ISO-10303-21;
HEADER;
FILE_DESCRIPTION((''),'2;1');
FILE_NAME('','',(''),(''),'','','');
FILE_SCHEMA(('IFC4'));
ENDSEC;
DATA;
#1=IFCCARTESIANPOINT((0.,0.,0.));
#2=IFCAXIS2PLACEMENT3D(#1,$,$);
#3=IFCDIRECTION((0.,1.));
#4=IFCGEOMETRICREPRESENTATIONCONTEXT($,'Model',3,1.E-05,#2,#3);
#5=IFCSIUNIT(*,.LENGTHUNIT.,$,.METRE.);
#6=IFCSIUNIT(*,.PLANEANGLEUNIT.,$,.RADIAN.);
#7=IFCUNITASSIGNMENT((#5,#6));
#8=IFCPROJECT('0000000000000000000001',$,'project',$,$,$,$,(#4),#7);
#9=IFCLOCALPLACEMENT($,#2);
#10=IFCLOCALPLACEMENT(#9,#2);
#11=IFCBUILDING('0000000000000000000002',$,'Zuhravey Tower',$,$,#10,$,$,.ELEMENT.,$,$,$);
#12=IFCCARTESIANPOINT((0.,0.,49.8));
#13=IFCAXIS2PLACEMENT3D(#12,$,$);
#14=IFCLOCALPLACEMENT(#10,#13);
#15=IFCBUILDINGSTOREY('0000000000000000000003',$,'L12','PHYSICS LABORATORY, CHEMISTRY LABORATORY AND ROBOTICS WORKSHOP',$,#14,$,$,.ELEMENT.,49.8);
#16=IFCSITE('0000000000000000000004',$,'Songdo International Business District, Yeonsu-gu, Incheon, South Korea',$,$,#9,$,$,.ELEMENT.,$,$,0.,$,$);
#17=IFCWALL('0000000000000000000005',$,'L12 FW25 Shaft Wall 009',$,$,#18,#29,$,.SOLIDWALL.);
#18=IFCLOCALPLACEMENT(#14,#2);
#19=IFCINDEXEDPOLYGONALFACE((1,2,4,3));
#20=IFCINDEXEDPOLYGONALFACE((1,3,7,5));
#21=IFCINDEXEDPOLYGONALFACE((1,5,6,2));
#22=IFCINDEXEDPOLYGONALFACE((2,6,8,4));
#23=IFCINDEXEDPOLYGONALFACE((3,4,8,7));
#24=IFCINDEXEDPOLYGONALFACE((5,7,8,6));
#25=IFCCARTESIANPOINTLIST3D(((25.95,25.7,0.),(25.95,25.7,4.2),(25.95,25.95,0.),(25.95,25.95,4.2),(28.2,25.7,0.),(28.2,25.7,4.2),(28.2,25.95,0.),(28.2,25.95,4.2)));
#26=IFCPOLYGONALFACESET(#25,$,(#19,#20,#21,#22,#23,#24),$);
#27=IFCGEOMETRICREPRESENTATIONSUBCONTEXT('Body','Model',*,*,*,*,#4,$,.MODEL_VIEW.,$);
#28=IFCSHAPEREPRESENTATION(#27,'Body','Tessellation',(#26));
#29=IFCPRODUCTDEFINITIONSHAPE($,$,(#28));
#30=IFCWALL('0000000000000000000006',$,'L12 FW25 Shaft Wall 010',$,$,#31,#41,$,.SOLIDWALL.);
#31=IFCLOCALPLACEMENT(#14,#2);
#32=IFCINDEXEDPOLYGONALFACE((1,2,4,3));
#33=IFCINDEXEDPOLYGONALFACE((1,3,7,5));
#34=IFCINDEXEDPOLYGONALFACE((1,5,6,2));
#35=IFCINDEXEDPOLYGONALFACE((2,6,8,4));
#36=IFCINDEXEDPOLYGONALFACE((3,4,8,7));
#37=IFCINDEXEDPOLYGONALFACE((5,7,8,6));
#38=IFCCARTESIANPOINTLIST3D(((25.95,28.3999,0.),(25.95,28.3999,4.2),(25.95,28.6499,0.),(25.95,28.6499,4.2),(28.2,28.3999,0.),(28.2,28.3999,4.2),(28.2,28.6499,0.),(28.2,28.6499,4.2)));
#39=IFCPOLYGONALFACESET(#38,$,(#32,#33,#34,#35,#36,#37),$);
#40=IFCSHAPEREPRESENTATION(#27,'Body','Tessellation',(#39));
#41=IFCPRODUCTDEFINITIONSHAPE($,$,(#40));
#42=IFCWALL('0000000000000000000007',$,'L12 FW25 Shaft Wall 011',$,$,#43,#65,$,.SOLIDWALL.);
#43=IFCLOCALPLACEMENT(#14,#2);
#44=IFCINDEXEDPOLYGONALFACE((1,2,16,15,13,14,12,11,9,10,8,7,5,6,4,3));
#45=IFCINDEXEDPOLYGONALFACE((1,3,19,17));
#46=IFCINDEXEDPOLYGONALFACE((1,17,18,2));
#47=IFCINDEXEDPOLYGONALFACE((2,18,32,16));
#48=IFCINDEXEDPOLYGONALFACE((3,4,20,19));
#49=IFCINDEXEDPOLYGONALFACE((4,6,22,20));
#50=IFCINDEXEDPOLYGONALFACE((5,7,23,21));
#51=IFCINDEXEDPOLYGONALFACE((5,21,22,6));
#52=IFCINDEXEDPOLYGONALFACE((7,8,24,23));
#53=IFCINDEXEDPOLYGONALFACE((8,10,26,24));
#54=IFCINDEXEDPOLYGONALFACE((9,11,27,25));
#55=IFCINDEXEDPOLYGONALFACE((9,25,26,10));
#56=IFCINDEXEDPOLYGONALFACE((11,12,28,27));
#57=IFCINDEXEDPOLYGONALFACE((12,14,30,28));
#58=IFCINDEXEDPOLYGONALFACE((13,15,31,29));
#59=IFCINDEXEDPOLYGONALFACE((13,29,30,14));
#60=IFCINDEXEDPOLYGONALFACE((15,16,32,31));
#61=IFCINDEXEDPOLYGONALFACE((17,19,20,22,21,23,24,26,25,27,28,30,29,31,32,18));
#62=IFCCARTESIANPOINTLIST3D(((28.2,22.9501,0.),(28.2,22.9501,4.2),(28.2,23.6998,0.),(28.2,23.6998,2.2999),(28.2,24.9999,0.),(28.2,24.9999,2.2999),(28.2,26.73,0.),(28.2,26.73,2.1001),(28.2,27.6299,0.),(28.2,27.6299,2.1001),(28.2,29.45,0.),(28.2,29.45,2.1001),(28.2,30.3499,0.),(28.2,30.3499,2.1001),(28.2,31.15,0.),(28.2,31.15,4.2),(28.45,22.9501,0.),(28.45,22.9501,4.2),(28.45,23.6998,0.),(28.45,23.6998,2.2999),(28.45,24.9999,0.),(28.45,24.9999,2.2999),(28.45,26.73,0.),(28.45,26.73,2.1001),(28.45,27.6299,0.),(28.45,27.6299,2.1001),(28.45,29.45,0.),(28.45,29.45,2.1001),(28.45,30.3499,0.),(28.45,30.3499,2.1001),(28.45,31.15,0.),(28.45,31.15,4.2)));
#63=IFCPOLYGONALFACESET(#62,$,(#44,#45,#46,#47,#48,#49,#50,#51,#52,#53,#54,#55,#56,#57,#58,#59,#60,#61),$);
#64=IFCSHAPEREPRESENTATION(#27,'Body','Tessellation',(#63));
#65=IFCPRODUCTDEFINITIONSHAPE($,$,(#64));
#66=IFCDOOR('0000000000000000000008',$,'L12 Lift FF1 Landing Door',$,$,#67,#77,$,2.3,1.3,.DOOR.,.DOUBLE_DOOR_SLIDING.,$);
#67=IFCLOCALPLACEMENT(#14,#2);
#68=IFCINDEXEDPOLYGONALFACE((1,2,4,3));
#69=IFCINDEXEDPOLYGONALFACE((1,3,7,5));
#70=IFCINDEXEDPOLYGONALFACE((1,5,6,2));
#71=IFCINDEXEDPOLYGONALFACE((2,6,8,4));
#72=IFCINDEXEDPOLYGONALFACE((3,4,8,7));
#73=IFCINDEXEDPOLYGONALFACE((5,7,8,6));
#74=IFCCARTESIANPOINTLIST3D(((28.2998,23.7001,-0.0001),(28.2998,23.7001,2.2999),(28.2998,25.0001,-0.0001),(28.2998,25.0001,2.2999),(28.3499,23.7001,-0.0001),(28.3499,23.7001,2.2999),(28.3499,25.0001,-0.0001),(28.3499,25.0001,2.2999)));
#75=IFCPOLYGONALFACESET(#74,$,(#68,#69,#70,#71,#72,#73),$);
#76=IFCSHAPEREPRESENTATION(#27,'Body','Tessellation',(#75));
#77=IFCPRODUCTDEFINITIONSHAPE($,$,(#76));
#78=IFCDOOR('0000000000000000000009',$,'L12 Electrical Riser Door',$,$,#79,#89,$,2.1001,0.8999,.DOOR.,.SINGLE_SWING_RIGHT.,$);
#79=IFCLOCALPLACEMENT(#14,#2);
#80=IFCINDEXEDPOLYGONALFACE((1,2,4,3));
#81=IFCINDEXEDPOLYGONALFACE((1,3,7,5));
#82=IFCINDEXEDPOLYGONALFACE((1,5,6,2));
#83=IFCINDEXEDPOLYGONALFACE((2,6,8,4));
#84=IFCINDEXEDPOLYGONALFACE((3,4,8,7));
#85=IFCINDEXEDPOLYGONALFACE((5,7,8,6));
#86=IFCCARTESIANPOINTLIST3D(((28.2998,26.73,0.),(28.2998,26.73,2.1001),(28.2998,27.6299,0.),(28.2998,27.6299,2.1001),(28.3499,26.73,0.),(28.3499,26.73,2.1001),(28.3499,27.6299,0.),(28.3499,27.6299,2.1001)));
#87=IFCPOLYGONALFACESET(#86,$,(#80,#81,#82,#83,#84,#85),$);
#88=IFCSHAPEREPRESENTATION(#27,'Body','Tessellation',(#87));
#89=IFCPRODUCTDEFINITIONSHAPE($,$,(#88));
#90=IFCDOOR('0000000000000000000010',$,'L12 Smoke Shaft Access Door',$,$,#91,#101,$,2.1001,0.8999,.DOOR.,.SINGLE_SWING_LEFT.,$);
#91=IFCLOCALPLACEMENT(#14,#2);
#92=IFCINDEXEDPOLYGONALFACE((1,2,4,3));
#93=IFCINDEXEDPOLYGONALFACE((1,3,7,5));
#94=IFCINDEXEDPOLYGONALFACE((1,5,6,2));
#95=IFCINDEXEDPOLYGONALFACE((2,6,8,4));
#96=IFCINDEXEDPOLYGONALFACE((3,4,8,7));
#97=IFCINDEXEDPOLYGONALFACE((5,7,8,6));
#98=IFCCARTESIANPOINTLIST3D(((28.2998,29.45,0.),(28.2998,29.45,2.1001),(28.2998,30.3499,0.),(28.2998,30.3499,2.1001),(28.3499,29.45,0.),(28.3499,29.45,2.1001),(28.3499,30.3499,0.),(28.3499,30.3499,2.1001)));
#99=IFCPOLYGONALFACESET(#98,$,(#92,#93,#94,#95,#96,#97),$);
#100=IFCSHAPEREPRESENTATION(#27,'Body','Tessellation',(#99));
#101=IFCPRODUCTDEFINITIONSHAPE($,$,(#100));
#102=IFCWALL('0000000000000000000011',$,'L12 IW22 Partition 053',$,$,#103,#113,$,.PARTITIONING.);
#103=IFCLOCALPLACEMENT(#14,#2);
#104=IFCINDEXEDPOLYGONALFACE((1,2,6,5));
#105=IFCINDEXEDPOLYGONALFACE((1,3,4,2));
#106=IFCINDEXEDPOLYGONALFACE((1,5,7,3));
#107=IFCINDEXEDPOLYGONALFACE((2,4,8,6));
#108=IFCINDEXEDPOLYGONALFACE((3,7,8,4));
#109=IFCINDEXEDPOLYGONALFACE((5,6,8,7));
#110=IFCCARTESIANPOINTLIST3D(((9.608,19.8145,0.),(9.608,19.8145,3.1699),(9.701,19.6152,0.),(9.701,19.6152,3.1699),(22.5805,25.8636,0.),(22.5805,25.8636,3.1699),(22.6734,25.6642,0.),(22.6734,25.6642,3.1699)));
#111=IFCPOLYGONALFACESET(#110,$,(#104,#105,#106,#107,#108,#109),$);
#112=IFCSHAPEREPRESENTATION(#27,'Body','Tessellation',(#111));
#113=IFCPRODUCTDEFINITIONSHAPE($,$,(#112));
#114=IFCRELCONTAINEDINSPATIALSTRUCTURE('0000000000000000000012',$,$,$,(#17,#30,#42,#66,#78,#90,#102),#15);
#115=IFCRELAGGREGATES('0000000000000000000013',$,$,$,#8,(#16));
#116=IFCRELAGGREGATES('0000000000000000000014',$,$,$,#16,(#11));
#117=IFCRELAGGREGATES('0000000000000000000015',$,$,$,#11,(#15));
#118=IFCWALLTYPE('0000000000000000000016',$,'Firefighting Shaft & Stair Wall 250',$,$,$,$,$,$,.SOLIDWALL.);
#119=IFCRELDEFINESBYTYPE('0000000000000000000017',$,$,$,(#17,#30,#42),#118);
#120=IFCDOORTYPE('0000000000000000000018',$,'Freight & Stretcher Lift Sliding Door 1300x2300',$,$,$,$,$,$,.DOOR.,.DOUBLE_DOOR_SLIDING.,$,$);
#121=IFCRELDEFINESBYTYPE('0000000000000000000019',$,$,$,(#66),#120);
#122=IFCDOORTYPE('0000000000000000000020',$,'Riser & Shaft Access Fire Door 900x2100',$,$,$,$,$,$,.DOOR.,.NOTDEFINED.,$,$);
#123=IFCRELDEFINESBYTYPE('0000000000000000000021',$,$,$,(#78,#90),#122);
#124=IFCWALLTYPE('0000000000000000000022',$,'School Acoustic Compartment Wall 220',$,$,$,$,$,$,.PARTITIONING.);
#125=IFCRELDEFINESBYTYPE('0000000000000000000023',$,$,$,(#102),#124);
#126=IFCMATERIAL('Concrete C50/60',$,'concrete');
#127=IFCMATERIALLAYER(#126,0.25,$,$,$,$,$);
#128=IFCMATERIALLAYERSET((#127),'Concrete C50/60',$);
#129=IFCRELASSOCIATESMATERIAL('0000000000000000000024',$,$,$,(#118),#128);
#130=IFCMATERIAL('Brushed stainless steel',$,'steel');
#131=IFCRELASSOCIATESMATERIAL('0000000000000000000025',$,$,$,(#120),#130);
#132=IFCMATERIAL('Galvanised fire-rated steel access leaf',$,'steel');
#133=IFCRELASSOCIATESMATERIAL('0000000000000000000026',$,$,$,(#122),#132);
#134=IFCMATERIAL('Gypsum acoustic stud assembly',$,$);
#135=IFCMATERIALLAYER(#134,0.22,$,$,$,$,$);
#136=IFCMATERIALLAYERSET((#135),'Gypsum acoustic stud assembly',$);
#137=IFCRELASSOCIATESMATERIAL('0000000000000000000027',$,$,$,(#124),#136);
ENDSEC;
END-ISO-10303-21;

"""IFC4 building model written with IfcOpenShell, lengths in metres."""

from ifc_helpers import new_model, si_unit, direction, frame, frame_2d, origin, place, context, subcontext, project, spatial, rectangle, extrude, material, layer, layer_set, type_object, element, fill, save


model = new_model("IFC4")

# Units and contexts
model_context = context("Model", 3, precision=1e-05, world=origin(), true_north=direction((0.0, 1.0)))
body_context = subcontext(model_context, "Body", "Model", "MODEL_VIEW")
ifc_project = project(units=[si_unit("LENGTHUNIT", "METRE"), si_unit("PLANEANGLEUNIT", "RADIAN")], contexts=[model_context])

# Site, building, storey
site_placement = place(None, origin())
site = spatial("IfcSite", under=ifc_project, at=site_placement, Name="Songdo International Business District, Yeonsu-gu, Incheon, South Korea", CompositionType="ELEMENT", RefElevation=0.0)
building_placement = place(site_placement, origin())
building = spatial("IfcBuilding", under=site, at=building_placement, Name="Zuhravey Tower", CompositionType="ELEMENT")
storey_placement = place(building_placement, frame((0.0, 0.0, 49.8)))
storey = spatial("IfcBuildingStorey", under=building, at=storey_placement, Name="L12", Description="PHYSICS LABORATORY, CHEMISTRY LABORATORY AND ROBOTICS WORKSHOP", CompositionType="ELEMENT", Elevation=49.8)

# Shared definitions
ifc_material_1 = material(Name="Concrete C50/60", Category="concrete")
ifc_layer_1 = layer(ifc_material_1, 0.25)
ifc_layer_set_1 = layer_set([ifc_layer_1], Name="Concrete C50/60")
wall_type_1 = type_object("IfcWallType", Name="Firefighting Shaft & Stair Wall 250", PredefinedType="SOLIDWALL", material=ifc_layer_set_1)

# Walls
for number, where, z_axis, x_axis, name in (
    (1, (25.95, 25.825, 0.0), (0.0, 0.0, 1.0), (1.0, 0.0, 0.0), "L12 FW25 Shaft Wall 009"),
    (2, (25.95, 28.5249, 0.0), (0.0, 0.0, 1.0), (1.0, 0.0, 0.0), "L12 FW25 Shaft Wall 010"),
):
    element("IfcWall", number, at=place(storey_placement, frame(where, z_axis=z_axis, x_axis=x_axis)), inside=storey, type_object=wall_type_1, Name=name, PredefinedType="SOLIDWALL", context=body_context, shape_type="SweptSolid", body=[
        extrude(rectangle(XDim=2.25, YDim=0.25, at=frame_2d((1.125, 0.0))), origin(), (0.0, 0.0, 1.0), 4.2),
    ])

# Wall, openings, doors
wall_1_placement = place(storey_placement, frame((28.325, 22.95, 0.0), z_axis=(0.0, 0.0, 1.0), x_axis=(0.0, 1.0, 0.0)))
wall_1 = element("IfcWall", 3, at=wall_1_placement, inside=storey, type_object=wall_type_1, Name="L12 FW25 Shaft Wall 011", PredefinedType="SOLIDWALL", context=body_context, shape_type="SweptSolid", body=[
    extrude(rectangle(XDim=8.2, YDim=0.25, at=frame_2d((4.1001, 0.0))), origin(), (0.0, 0.0, 1.0), 4.2),
])
opening_1_placement = place(wall_1_placement, frame((0.75, 0.0, 0.0)))
opening_1 = element("IfcOpeningElement", 4, at=opening_1_placement, cuts=wall_1, PredefinedType="OPENING", context=body_context, shape_type="SweptSolid", body=[
    extrude(rectangle(XDim=1.3, YDim=2.3, at=frame_2d((0.6499, 1.1499))), frame((0.0, 0.137, 0.0), z_axis=(0.0, -1.0, 0.0), x_axis=(1.0, 0.0, 0.0)), (0.0, 0.0, 1.0), 0.2739),
])
opening_2_placement = place(wall_1_placement, frame((3.78, 0.0, 0.0)))
opening_2 = element("IfcOpeningElement", 5, at=opening_2_placement, cuts=wall_1, PredefinedType="OPENING", context=body_context, shape_type="SweptSolid", body=[
    extrude(rectangle(XDim=0.8999, YDim=2.1001, at=frame_2d((0.45, 1.05))), frame((0.0, 0.137, 0.0), z_axis=(0.0, -1.0, 0.0), x_axis=(1.0, 0.0, 0.0)), (0.0, 0.0, 1.0), 0.2739),
])
opening_3_placement = place(wall_1_placement, frame((6.5, 0.0, 0.0)))
opening_3 = element("IfcOpeningElement", 6, at=opening_3_placement, cuts=wall_1, PredefinedType="OPENING", context=body_context, shape_type="SweptSolid", body=[
    extrude(rectangle(XDim=0.8999, YDim=2.1001, at=frame_2d((0.45, 1.05))), frame((0.0, 0.137, 0.0), z_axis=(0.0, -1.0, 0.0), x_axis=(1.0, 0.0, 0.0)), (0.0, 0.0, 1.0), 0.2739),
])
ifc_material_2 = material(Name="Brushed stainless steel", Category="steel")
door_type_1 = type_object("IfcDoorType", Name="Freight & Stretcher Lift Sliding Door 1300x2300", OperationType="DOUBLE_DOOR_SLIDING", PredefinedType="DOOR", material=ifc_material_2)
door_1_placement = place(opening_1_placement, frame((1.3, 0.0, 0.0), z_axis=(0.0, 0.0, 1.0), x_axis=(-1.0, 0.0, 0.0)))
door_1 = element("IfcDoor", 7, at=door_1_placement, inside=storey, type_object=door_type_1, Name="L12 Lift FF1 Landing Door", OperationType="DOUBLE_DOOR_SLIDING", OverallHeight=2.3, OverallWidth=1.3, PredefinedType="DOOR", context=body_context, shape_type="SweptSolid", body=[
    extrude(rectangle(XDim=1.3, YDim=2.3, at=frame_2d((0.6499, 1.1499))), frame((0.0, 0.0249, 0.0), z_axis=(0.0, -1.0, 0.0), x_axis=(1.0, 0.0, 0.0)), (0.0, 0.0, 1.0), 0.05),
])
fill(opening_1, door_1)
ifc_material_3 = material(Name="Galvanised fire-rated steel access leaf", Category="steel")
door_type_2 = type_object("IfcDoorType", Name="Riser & Shaft Access Fire Door 900x2100", OperationType="NOTDEFINED", PredefinedType="DOOR", material=ifc_material_3)
door_2_placement = place(opening_2_placement, frame((0.8999, 0.0, 0.0), z_axis=(0.0, 0.0, 1.0), x_axis=(-1.0, 0.0, 0.0)))
door_2 = element("IfcDoor", 8, at=door_2_placement, inside=storey, type_object=door_type_2, Name="L12 Electrical Riser Door", OperationType="SINGLE_SWING_RIGHT", OverallHeight=2.1001, OverallWidth=0.8999, PredefinedType="DOOR", context=body_context, shape_type="SweptSolid", body=[
    extrude(rectangle(XDim=0.8999, YDim=2.1001, at=frame_2d((0.45, 1.05))), frame((0.0, 0.0249, 0.0), z_axis=(0.0, -1.0, 0.0), x_axis=(1.0, 0.0, 0.0)), (0.0, 0.0, 1.0), 0.05),
])
fill(opening_2, door_2)
door_3_placement = place(opening_3_placement, frame((0.8999, 0.0, 0.0), z_axis=(0.0, 0.0, 1.0), x_axis=(-1.0, 0.0, 0.0)))
door_3 = element("IfcDoor", 9, at=door_3_placement, inside=storey, type_object=door_type_2, Name="L12 Smoke Shaft Access Door", OperationType="SINGLE_SWING_LEFT", OverallHeight=2.1001, OverallWidth=0.8999, PredefinedType="DOOR", context=body_context, shape_type="SweptSolid", body=[
    extrude(rectangle(XDim=0.8999, YDim=2.1001, at=frame_2d((0.45, 1.05))), frame((0.0, 0.0249, 0.0), z_axis=(0.0, -1.0, 0.0), x_axis=(1.0, 0.0, 0.0)), (0.0, 0.0, 1.0), 0.05),
])
fill(opening_3, door_3)

# Wall
ifc_material_4 = material(Name="Gypsum acoustic stud assembly")
ifc_layer_2 = layer(ifc_material_4, 0.22)
ifc_layer_set_2 = layer_set([ifc_layer_2], Name="Gypsum acoustic stud assembly")
wall_type_2 = type_object("IfcWallType", Name="School Acoustic Compartment Wall 220", PredefinedType="PARTITIONING", material=ifc_layer_set_2)
wall_2_placement = place(storey_placement, frame((22.627, 25.7639, 0.0), z_axis=(0.0, 0.0, 1.0), x_axis=(-0.906309, -0.422615, 0.0)))
element("IfcWall", 10, at=wall_2_placement, inside=storey, type_object=wall_type_2, Name="L12 IW22 Partition 053", PredefinedType="PARTITIONING", context=body_context, shape_type="SweptSolid", body=[
    extrude(rectangle(XDim=14.3135, YDim=0.22, at=frame_2d((7.1567, 0.0))), origin(), (0.0, 0.0, 1.0), 3.1699),
])

save(model, "model.ifc")
